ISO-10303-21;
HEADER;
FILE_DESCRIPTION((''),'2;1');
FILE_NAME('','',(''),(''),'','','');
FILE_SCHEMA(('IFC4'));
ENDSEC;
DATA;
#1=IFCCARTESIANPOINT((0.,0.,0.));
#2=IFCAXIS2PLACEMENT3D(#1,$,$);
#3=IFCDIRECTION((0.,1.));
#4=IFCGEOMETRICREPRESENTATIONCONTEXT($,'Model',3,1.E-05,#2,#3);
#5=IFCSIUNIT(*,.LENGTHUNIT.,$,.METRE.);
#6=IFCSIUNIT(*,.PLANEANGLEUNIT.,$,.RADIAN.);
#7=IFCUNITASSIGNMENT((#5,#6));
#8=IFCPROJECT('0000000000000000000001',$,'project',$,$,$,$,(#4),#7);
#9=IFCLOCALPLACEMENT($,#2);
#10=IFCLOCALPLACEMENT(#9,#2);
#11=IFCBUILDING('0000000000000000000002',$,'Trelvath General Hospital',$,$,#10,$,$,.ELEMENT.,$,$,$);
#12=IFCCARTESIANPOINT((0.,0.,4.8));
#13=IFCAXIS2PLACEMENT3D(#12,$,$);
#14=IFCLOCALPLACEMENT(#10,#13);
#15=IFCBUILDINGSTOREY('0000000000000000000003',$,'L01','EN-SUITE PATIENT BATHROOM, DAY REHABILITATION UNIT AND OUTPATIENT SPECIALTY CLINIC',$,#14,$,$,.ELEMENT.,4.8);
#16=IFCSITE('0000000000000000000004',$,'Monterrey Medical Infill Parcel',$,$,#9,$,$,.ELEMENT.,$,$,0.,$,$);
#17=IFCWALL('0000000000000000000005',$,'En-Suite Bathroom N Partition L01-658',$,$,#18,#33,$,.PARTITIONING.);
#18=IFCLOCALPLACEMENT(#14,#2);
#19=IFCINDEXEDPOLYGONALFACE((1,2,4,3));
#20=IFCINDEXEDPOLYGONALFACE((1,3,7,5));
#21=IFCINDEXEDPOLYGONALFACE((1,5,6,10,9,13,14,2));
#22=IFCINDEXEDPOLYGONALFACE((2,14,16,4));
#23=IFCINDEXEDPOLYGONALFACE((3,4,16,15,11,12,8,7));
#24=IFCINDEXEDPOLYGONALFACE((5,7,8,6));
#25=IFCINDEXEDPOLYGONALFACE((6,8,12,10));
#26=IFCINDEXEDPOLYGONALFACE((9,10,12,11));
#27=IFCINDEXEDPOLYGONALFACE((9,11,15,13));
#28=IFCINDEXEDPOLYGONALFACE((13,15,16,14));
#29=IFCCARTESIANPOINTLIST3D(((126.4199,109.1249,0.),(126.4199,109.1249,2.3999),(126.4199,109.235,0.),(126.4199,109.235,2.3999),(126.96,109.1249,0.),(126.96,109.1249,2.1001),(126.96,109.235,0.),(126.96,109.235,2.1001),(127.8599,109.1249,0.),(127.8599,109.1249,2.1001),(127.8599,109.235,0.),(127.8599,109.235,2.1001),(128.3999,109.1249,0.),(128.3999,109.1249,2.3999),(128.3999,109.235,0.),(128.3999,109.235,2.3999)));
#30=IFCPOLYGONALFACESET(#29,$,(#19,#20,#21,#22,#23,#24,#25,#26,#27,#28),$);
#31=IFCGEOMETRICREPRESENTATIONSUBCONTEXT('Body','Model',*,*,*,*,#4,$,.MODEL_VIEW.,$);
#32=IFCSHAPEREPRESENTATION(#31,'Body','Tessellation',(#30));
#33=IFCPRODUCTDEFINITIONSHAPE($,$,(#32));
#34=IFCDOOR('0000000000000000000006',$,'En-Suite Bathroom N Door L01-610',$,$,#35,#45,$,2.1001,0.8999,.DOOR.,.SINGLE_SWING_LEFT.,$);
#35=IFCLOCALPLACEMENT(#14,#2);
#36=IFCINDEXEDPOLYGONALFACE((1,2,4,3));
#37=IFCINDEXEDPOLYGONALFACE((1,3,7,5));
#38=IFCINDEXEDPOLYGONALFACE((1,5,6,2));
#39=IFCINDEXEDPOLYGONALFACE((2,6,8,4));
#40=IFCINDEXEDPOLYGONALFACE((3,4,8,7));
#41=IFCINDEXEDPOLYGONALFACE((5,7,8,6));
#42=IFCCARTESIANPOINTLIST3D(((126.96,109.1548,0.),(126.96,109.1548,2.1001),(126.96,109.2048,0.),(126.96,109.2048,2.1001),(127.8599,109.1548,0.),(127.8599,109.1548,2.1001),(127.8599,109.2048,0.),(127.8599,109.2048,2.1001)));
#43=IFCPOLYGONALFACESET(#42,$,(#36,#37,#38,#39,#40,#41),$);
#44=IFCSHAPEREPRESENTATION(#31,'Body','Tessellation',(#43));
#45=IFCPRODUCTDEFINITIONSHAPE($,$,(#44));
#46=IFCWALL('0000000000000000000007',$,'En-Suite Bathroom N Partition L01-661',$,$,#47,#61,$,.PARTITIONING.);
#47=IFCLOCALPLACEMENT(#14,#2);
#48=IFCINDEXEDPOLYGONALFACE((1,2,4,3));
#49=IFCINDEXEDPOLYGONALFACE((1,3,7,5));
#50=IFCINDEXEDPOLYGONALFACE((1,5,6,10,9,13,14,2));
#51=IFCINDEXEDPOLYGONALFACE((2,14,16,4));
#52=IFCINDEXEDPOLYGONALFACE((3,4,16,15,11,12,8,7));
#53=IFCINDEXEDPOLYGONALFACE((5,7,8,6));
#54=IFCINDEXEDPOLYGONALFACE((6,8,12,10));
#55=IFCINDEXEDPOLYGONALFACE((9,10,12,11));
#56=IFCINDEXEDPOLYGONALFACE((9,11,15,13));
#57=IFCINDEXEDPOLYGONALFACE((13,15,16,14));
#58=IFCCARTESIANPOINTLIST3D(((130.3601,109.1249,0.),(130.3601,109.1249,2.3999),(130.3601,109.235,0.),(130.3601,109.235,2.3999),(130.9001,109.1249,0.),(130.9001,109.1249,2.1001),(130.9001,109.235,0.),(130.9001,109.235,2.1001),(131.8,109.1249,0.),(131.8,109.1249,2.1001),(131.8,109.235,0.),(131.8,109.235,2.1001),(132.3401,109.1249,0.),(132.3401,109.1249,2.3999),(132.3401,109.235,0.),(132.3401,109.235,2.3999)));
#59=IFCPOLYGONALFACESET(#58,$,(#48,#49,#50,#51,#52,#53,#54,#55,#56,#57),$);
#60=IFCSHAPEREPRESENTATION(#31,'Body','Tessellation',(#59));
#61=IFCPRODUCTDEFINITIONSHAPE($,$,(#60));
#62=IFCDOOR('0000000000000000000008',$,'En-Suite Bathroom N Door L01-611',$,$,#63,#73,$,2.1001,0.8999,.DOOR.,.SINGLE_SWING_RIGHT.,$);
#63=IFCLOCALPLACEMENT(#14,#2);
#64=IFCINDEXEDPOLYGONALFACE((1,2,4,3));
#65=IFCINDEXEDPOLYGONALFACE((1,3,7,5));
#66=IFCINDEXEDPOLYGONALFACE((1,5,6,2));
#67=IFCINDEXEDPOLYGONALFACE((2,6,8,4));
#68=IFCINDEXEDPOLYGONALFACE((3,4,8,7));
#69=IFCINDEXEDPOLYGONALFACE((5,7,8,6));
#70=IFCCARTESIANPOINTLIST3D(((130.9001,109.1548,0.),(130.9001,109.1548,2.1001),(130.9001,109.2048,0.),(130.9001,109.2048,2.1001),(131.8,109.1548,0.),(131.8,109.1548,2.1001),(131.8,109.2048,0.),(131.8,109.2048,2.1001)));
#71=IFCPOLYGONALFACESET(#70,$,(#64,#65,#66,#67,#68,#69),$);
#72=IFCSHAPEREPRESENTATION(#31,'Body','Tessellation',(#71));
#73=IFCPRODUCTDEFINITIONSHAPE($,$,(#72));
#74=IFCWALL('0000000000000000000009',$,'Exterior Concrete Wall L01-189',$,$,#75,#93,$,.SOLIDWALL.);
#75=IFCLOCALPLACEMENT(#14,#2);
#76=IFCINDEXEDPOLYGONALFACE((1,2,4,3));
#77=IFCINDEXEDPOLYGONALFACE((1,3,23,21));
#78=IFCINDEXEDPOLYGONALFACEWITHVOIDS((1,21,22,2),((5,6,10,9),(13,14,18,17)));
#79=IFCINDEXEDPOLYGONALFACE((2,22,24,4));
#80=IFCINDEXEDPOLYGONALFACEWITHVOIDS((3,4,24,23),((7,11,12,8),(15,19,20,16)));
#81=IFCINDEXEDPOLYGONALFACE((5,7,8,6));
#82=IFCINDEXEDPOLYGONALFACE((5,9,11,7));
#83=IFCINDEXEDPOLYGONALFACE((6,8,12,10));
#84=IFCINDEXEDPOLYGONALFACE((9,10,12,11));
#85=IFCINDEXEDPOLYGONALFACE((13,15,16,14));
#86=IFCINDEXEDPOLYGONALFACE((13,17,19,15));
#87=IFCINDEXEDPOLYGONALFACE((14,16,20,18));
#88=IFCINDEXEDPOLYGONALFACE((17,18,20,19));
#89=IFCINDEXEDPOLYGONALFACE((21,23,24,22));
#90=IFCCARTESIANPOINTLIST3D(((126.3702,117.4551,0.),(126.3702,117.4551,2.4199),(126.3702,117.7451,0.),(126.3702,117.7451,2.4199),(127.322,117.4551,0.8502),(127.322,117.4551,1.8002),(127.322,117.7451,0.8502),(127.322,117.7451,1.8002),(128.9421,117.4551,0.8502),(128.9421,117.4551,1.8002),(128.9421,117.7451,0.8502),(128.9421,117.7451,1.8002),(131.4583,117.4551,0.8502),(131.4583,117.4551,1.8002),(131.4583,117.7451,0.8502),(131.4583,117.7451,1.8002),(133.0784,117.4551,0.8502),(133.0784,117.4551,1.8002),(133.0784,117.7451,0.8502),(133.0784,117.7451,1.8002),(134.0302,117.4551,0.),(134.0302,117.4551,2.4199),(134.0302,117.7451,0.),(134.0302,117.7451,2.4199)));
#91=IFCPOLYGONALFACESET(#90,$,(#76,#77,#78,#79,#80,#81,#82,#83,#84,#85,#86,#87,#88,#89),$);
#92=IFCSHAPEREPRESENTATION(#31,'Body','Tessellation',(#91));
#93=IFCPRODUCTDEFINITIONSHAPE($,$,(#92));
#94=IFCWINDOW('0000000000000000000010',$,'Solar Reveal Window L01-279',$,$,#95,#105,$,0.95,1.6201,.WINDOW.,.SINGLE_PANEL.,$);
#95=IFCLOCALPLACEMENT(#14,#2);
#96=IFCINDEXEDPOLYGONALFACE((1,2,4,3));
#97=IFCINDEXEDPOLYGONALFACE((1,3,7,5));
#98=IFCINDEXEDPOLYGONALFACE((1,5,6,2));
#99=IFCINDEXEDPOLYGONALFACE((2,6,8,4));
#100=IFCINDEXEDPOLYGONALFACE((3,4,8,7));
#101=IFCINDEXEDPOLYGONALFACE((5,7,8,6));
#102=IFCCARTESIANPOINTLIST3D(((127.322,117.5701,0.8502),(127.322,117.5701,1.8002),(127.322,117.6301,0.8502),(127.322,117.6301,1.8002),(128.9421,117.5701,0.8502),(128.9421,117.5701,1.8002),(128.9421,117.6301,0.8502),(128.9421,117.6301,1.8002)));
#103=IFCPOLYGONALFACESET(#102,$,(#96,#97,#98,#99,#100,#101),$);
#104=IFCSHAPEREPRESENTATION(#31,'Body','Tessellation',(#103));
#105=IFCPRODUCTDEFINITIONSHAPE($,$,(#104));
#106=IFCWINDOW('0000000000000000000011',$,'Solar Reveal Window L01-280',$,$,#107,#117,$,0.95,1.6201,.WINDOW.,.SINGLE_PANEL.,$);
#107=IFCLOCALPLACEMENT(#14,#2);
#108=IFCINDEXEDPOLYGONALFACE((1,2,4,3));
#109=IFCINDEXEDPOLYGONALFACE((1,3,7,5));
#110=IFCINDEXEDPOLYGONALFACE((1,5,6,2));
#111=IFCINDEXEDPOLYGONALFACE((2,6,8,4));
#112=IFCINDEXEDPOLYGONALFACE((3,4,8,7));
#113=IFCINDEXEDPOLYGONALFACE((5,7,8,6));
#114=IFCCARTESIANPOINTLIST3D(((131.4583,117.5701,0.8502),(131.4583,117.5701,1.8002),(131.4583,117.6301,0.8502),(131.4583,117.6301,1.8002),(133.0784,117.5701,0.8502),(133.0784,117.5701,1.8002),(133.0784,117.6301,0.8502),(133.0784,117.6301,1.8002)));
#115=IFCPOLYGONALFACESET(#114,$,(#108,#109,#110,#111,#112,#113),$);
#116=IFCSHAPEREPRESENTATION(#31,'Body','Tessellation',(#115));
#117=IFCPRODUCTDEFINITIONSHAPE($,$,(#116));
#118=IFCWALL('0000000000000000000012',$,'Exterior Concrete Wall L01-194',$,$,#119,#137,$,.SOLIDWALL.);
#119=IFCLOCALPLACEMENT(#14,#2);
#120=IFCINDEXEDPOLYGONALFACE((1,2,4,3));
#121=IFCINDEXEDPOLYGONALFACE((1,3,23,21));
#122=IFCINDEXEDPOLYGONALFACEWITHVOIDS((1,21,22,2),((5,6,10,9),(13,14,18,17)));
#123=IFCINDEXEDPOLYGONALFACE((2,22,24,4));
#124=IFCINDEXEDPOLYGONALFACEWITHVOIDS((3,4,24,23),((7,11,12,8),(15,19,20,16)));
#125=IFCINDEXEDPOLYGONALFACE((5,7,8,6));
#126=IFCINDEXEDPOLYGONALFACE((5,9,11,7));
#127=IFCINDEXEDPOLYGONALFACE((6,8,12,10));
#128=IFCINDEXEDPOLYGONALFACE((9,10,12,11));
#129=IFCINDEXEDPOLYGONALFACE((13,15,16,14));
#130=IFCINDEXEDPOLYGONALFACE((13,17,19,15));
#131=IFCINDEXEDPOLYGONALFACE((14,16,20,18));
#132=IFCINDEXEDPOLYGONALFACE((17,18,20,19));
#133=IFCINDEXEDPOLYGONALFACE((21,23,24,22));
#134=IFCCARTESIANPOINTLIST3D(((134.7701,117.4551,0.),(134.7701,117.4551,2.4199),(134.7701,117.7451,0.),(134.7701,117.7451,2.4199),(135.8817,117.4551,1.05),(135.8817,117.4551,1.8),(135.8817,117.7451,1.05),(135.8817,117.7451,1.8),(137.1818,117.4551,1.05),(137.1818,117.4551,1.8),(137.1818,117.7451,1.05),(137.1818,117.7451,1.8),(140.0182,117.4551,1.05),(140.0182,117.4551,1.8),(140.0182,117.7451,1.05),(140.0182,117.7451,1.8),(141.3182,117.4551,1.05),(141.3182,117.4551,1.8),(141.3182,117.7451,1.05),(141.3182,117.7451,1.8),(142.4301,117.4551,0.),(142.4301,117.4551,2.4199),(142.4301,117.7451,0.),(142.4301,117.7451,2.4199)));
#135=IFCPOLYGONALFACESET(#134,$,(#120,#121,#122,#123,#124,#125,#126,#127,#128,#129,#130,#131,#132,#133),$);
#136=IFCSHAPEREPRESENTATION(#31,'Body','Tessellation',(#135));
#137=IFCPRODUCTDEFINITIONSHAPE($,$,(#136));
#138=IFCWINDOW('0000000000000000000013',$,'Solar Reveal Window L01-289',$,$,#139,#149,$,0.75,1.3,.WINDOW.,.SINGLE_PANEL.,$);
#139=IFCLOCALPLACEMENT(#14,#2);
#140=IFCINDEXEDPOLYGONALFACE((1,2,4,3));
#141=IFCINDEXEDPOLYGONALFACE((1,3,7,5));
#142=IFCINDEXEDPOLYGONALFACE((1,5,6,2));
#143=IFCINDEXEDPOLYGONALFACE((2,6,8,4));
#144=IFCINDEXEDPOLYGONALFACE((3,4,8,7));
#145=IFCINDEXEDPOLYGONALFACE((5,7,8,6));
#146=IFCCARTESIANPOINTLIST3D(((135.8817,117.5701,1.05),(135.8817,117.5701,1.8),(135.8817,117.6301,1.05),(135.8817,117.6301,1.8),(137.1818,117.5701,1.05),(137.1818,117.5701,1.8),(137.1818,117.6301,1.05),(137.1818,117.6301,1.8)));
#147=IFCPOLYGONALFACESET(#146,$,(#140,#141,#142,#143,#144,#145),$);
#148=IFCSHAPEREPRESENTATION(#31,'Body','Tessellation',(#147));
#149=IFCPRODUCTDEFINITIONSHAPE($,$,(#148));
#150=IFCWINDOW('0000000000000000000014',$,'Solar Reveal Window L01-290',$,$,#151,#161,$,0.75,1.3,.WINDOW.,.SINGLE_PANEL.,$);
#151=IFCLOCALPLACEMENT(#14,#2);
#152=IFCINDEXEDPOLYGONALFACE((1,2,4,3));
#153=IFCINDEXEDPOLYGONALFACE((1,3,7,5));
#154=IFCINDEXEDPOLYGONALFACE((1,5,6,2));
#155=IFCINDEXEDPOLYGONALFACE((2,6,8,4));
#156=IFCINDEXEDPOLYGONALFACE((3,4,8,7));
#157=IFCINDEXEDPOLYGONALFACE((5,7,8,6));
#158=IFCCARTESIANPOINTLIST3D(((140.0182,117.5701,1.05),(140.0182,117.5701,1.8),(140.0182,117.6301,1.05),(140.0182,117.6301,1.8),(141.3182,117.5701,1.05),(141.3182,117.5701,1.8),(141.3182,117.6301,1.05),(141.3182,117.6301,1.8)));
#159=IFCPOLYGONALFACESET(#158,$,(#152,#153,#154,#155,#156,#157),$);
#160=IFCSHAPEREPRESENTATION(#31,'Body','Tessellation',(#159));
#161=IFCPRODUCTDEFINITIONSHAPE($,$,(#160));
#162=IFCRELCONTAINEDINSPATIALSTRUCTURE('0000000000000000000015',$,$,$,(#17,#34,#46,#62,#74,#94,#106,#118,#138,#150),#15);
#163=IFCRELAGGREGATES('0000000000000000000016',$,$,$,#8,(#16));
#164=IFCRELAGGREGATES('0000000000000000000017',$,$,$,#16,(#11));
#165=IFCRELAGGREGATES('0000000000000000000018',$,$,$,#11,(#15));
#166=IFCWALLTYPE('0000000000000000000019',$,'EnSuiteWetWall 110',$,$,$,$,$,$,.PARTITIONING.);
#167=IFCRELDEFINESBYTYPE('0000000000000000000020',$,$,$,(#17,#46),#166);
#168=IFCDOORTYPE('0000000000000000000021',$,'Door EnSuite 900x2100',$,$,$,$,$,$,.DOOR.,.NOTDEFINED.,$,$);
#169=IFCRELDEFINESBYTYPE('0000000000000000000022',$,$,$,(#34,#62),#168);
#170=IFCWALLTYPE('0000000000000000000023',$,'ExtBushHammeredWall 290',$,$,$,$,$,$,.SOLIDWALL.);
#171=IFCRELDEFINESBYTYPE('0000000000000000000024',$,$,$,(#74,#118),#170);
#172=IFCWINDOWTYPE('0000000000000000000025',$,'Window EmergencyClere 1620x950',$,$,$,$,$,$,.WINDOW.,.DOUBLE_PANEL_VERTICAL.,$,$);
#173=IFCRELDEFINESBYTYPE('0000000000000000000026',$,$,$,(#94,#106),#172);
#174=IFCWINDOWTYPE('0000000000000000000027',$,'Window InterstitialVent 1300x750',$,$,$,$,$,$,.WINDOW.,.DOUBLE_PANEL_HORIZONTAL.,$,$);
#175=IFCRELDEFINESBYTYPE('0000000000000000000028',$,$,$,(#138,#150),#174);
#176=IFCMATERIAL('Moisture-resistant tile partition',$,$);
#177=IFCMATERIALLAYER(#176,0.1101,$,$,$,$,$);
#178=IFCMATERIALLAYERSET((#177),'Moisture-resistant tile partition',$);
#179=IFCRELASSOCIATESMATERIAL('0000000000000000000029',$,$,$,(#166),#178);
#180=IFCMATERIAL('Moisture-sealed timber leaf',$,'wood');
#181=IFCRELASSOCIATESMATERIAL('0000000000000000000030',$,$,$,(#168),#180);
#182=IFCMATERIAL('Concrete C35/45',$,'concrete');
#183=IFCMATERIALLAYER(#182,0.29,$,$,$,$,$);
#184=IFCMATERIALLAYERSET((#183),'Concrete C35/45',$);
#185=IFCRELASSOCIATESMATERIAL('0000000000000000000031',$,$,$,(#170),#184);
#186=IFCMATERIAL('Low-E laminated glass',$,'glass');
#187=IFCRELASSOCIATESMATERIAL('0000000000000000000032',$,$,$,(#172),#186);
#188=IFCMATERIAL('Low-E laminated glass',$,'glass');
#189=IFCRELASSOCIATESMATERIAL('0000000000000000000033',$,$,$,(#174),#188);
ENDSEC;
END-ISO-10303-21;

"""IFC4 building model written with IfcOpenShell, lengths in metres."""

from ifc_helpers import new_model, si_unit, direction, frame, frame_2d, origin, place, context, subcontext, project, spatial, rectangle, extrude, material, layer, layer_set, type_object, element, fill, save


model = new_model("IFC4")

# Units and contexts
model_context = context("Model", 3, precision=1e-05, world=origin(), true_north=direction((0.0, 1.0)))
body_context = subcontext(model_context, "Body", "Model", "MODEL_VIEW")
ifc_project = project(units=[si_unit("LENGTHUNIT", "METRE"), si_unit("PLANEANGLEUNIT", "RADIAN")], contexts=[model_context])

# Site, building, storey
site_placement = place(None, origin())
site = spatial("IfcSite", under=ifc_project, at=site_placement, Name="Monterrey Medical Infill Parcel", CompositionType="ELEMENT", RefElevation=0.0)
building_placement = place(site_placement, origin())
building = spatial("IfcBuilding", under=site, at=building_placement, Name="Trelvath General Hospital", CompositionType="ELEMENT")
storey_placement = place(building_placement, frame((0.0, 0.0, 4.8)))
storey = spatial("IfcBuildingStorey", under=building, at=storey_placement, Name="L01", Description="EN-SUITE PATIENT BATHROOM, DAY REHABILITATION UNIT AND OUTPATIENT SPECIALTY CLINIC", CompositionType="ELEMENT", Elevation=4.8)

# Walls, openings, doors
ifc_material_1 = material(Name="Moisture-resistant tile partition")
ifc_layer_1 = layer(ifc_material_1, 0.1101)
ifc_layer_set_1 = layer_set([ifc_layer_1], Name="Moisture-resistant tile partition")
wall_type_1 = type_object("IfcWallType", Name="EnSuiteWetWall 110", PredefinedType="PARTITIONING", material=ifc_layer_set_1)
wall_1_placement = place(storey_placement, frame((126.4199, 109.1799, 0.0), z_axis=(0.0, 0.0, 1.0), x_axis=(1.0, 0.0, 0.0)))
wall_1 = element("IfcWall", 1, at=wall_1_placement, inside=storey, type_object=wall_type_1, Name="En-Suite Bathroom N Partition L01-658", PredefinedType="PARTITIONING", context=body_context, shape_type="SweptSolid", body=[
    extrude(rectangle(XDim=1.98, YDim=0.1101, at=frame_2d((0.99, 0.0))), origin(), (0.0, 0.0, 1.0), 2.3999),
])
opening_1_placement = place(wall_1_placement, frame((0.54, 0.0, 0.0)))
opening_1 = element("IfcOpeningElement", 2, at=opening_1_placement, cuts=wall_1, PredefinedType="OPENING", context=body_context, shape_type="SweptSolid", body=[
    extrude(rectangle(XDim=0.8999, YDim=2.1001, at=frame_2d((0.45, 1.05))), frame((0.0, 0.0649, 0.0), z_axis=(0.0, -1.0, 0.0), x_axis=(1.0, 0.0, 0.0)), (0.0, 0.0, 1.0), 0.1301),
])
ifc_material_2 = material(Name="Moisture-sealed timber leaf", Category="wood")
door_type = type_object("IfcDoorType", Name="Door EnSuite 900x2100", OperationType="NOTDEFINED", PredefinedType="DOOR", material=ifc_material_2)
door_1_placement = place(opening_1_placement, origin())
door_1 = element("IfcDoor", 3, at=door_1_placement, inside=storey, type_object=door_type, Name="En-Suite Bathroom N Door L01-610", OperationType="SINGLE_SWING_LEFT", OverallHeight=2.1001, OverallWidth=0.8999, PredefinedType="DOOR", context=body_context, shape_type="SweptSolid", body=[
    extrude(rectangle(XDim=0.8999, YDim=2.1001, at=frame_2d((0.45, 1.05))), frame((0.0, 0.0249, 0.0), z_axis=(0.0, -1.0, 0.0), x_axis=(1.0, 0.0, 0.0)), (0.0, 0.0, 1.0), 0.05),
])
fill(opening_1, door_1)
wall_2_placement = place(storey_placement, frame((130.3601, 109.1799, 0.0), z_axis=(0.0, 0.0, 1.0), x_axis=(1.0, 0.0, 0.0)))
wall_2 = element("IfcWall", 4, at=wall_2_placement, inside=storey, type_object=wall_type_1, Name="En-Suite Bathroom N Partition L01-661", PredefinedType="PARTITIONING", context=body_context, shape_type="SweptSolid", body=[
    extrude(rectangle(XDim=1.98, YDim=0.1101, at=frame_2d((0.99, 0.0))), origin(), (0.0, 0.0, 1.0), 2.3999),
])
opening_2_placement = place(wall_2_placement, frame((0.54, 0.0, 0.0)))
opening_2 = element("IfcOpeningElement", 5, at=opening_2_placement, cuts=wall_2, PredefinedType="OPENING", context=body_context, shape_type="SweptSolid", body=[
    extrude(rectangle(XDim=0.8999, YDim=2.1001, at=frame_2d((0.45, 1.05))), frame((0.0, 0.0649, 0.0), z_axis=(0.0, -1.0, 0.0), x_axis=(1.0, 0.0, 0.0)), (0.0, 0.0, 1.0), 0.1301),
])
door_2_placement = place(opening_2_placement, origin())
door_2 = element("IfcDoor", 6, at=door_2_placement, inside=storey, type_object=door_type, Name="En-Suite Bathroom N Door L01-611", OperationType="SINGLE_SWING_RIGHT", OverallHeight=2.1001, OverallWidth=0.8999, PredefinedType="DOOR", context=body_context, shape_type="SweptSolid", body=[
    extrude(rectangle(XDim=0.8999, YDim=2.1001, at=frame_2d((0.45, 1.05))), frame((0.0, 0.0249, 0.0), z_axis=(0.0, -1.0, 0.0), x_axis=(1.0, 0.0, 0.0)), (0.0, 0.0, 1.0), 0.05),
])
fill(opening_2, door_2)

# Walls, openings, windows
ifc_material_3 = material(Name="Concrete C35/45", Category="concrete")
ifc_layer_2 = layer(ifc_material_3, 0.29)
ifc_layer_set_2 = layer_set([ifc_layer_2], Name="Concrete C35/45")
wall_type_2 = type_object("IfcWallType", Name="ExtBushHammeredWall 290", PredefinedType="SOLIDWALL", material=ifc_layer_set_2)
wall_3_placement = place(storey_placement, frame((126.3701, 117.6001, 0.0), z_axis=(0.0, 0.0, 1.0), x_axis=(1.0, 0.0, 0.0)))
wall_3 = element("IfcWall", 7, at=wall_3_placement, inside=storey, type_object=wall_type_2, Name="Exterior Concrete Wall L01-189", PredefinedType="SOLIDWALL", context=body_context, shape_type="SweptSolid", body=[
    extrude(rectangle(XDim=7.6599, YDim=0.29, at=frame_2d((3.8301, 0.0))), origin(), (0.0, 0.0, 1.0), 2.4199),
])
opening_3_placement = place(wall_3_placement, frame((0.9519, 0.0, 0.8501)))
opening_3 = element("IfcOpeningElement", 8, at=opening_3_placement, cuts=wall_3, PredefinedType="OPENING", context=body_context, shape_type="SweptSolid", body=[
    extrude(rectangle(XDim=1.6201, YDim=0.95, at=frame_2d((0.8101, 0.4751))), frame((0.0, 0.155, 0.0), z_axis=(0.0, -1.0, 0.0), x_axis=(1.0, 0.0, 0.0)), (0.0, 0.0, 1.0), 0.3101),
])
opening_4_placement = place(wall_3_placement, frame((5.0881, 0.0, 0.8501)))
opening_4 = element("IfcOpeningElement", 9, at=opening_4_placement, cuts=wall_3, PredefinedType="OPENING", context=body_context, shape_type="SweptSolid", body=[
    extrude(rectangle(XDim=1.6201, YDim=0.95, at=frame_2d((0.8101, 0.4751))), frame((0.0, 0.155, 0.0), z_axis=(0.0, -1.0, 0.0), x_axis=(1.0, 0.0, 0.0)), (0.0, 0.0, 1.0), 0.3101),
])
ifc_material_4 = material(Name="Low-E laminated glass", Category="glass")
window_type_1 = type_object("IfcWindowType", Name="Window EmergencyClere 1620x950", PartitioningType="DOUBLE_PANEL_VERTICAL", PredefinedType="WINDOW", material=ifc_material_4)
window_1_placement = place(opening_3_placement, origin())
window_1 = element("IfcWindow", 10, at=window_1_placement, inside=storey, type_object=window_type_1, Name="Solar Reveal Window L01-279", OverallHeight=0.95, OverallWidth=1.6201, PartitioningType="SINGLE_PANEL", PredefinedType="WINDOW", context=body_context, shape_type="SweptSolid", body=[
    extrude(rectangle(XDim=1.6201, YDim=0.95, at=frame_2d((0.8101, 0.4751))), frame((0.0, 0.03, 0.0), z_axis=(0.0, -1.0, 0.0), x_axis=(1.0, 0.0, 0.0)), (0.0, 0.0, 1.0), 0.0601),
])
fill(opening_3, window_1)
window_2_placement = place(opening_4_placement, origin())
window_2 = element("IfcWindow", 11, at=window_2_placement, inside=storey, type_object=window_type_1, Name="Solar Reveal Window L01-280", OverallHeight=0.95, OverallWidth=1.6201, PartitioningType="SINGLE_PANEL", PredefinedType="WINDOW", context=body_context, shape_type="SweptSolid", body=[
    extrude(rectangle(XDim=1.6201, YDim=0.95, at=frame_2d((0.8101, 0.4751))), frame((0.0, 0.03, 0.0), z_axis=(0.0, -1.0, 0.0), x_axis=(1.0, 0.0, 0.0)), (0.0, 0.0, 1.0), 0.0601),
])
fill(opening_4, window_2)
wall_4_placement = place(storey_placement, frame((134.77, 117.6001, 0.0), z_axis=(0.0, 0.0, 1.0), x_axis=(1.0, 0.0, 0.0)))
wall_4 = element("IfcWall", 12, at=wall_4_placement, inside=storey, type_object=wall_type_2, Name="Exterior Concrete Wall L01-194", PredefinedType="SOLIDWALL", context=body_context, shape_type="SweptSolid", body=[
    extrude(rectangle(XDim=7.6599, YDim=0.29, at=frame_2d((3.8301, 0.0))), origin(), (0.0, 0.0, 1.0), 2.4199),
])
opening_5_placement = place(wall_4_placement, frame((1.1118, 0.0, 1.05)))
opening_5 = element("IfcOpeningElement", 13, at=opening_5_placement, cuts=wall_4, PredefinedType="OPENING", context=body_context, shape_type="SweptSolid", body=[
    extrude(rectangle(XDim=1.3, YDim=0.75, at=frame_2d((0.6499, 0.375))), frame((0.0, 0.155, 0.0), z_axis=(0.0, -1.0, 0.0), x_axis=(1.0, 0.0, 0.0)), (0.0, 0.0, 1.0), 0.3101),
])
opening_6_placement = place(wall_4_placement, frame((5.2483, 0.0, 1.05)))
opening_6 = element("IfcOpeningElement", 14, at=opening_6_placement, cuts=wall_4, PredefinedType="OPENING", context=body_context, shape_type="SweptSolid", body=[
    extrude(rectangle(XDim=1.3, YDim=0.75, at=frame_2d((0.6499, 0.375))), frame((0.0, 0.155, 0.0), z_axis=(0.0, -1.0, 0.0), x_axis=(1.0, 0.0, 0.0)), (0.0, 0.0, 1.0), 0.3101),
])
ifc_material_5 = material(Name="Low-E laminated glass", Category="glass")
window_type_2 = type_object("IfcWindowType", Name="Window InterstitialVent 1300x750", PartitioningType="DOUBLE_PANEL_HORIZONTAL", PredefinedType="WINDOW", material=ifc_material_5)
window_3_placement = place(opening_5_placement, origin())
window_3 = element("IfcWindow", 15, at=window_3_placement, inside=storey, type_object=window_type_2, Name="Solar Reveal Window L01-289", OverallHeight=0.75, OverallWidth=1.3, PartitioningType="SINGLE_PANEL", PredefinedType="WINDOW", context=body_context, shape_type="SweptSolid", body=[
    extrude(rectangle(XDim=1.3, YDim=0.75, at=frame_2d((0.6499, 0.375))), frame((0.0, 0.03, 0.0), z_axis=(0.0, -1.0, 0.0), x_axis=(1.0, 0.0, 0.0)), (0.0, 0.0, 1.0), 0.0601),
])
fill(opening_5, window_3)
window_4_placement = place(opening_6_placement, origin())
window_4 = element("IfcWindow", 16, at=window_4_placement, inside=storey, type_object=window_type_2, Name="Solar Reveal Window L01-290", OverallHeight=0.75, OverallWidth=1.3, PartitioningType="SINGLE_PANEL", PredefinedType="WINDOW", context=body_context, shape_type="SweptSolid", body=[
    extrude(rectangle(XDim=1.3, YDim=0.75, at=frame_2d((0.6499, 0.375))), frame((0.0, 0.03, 0.0), z_axis=(0.0, -1.0, 0.0), x_axis=(1.0, 0.0, 0.0)), (0.0, 0.0, 1.0), 0.0601),
])
fill(opening_6, window_4)

save(model, "model.ifc")
